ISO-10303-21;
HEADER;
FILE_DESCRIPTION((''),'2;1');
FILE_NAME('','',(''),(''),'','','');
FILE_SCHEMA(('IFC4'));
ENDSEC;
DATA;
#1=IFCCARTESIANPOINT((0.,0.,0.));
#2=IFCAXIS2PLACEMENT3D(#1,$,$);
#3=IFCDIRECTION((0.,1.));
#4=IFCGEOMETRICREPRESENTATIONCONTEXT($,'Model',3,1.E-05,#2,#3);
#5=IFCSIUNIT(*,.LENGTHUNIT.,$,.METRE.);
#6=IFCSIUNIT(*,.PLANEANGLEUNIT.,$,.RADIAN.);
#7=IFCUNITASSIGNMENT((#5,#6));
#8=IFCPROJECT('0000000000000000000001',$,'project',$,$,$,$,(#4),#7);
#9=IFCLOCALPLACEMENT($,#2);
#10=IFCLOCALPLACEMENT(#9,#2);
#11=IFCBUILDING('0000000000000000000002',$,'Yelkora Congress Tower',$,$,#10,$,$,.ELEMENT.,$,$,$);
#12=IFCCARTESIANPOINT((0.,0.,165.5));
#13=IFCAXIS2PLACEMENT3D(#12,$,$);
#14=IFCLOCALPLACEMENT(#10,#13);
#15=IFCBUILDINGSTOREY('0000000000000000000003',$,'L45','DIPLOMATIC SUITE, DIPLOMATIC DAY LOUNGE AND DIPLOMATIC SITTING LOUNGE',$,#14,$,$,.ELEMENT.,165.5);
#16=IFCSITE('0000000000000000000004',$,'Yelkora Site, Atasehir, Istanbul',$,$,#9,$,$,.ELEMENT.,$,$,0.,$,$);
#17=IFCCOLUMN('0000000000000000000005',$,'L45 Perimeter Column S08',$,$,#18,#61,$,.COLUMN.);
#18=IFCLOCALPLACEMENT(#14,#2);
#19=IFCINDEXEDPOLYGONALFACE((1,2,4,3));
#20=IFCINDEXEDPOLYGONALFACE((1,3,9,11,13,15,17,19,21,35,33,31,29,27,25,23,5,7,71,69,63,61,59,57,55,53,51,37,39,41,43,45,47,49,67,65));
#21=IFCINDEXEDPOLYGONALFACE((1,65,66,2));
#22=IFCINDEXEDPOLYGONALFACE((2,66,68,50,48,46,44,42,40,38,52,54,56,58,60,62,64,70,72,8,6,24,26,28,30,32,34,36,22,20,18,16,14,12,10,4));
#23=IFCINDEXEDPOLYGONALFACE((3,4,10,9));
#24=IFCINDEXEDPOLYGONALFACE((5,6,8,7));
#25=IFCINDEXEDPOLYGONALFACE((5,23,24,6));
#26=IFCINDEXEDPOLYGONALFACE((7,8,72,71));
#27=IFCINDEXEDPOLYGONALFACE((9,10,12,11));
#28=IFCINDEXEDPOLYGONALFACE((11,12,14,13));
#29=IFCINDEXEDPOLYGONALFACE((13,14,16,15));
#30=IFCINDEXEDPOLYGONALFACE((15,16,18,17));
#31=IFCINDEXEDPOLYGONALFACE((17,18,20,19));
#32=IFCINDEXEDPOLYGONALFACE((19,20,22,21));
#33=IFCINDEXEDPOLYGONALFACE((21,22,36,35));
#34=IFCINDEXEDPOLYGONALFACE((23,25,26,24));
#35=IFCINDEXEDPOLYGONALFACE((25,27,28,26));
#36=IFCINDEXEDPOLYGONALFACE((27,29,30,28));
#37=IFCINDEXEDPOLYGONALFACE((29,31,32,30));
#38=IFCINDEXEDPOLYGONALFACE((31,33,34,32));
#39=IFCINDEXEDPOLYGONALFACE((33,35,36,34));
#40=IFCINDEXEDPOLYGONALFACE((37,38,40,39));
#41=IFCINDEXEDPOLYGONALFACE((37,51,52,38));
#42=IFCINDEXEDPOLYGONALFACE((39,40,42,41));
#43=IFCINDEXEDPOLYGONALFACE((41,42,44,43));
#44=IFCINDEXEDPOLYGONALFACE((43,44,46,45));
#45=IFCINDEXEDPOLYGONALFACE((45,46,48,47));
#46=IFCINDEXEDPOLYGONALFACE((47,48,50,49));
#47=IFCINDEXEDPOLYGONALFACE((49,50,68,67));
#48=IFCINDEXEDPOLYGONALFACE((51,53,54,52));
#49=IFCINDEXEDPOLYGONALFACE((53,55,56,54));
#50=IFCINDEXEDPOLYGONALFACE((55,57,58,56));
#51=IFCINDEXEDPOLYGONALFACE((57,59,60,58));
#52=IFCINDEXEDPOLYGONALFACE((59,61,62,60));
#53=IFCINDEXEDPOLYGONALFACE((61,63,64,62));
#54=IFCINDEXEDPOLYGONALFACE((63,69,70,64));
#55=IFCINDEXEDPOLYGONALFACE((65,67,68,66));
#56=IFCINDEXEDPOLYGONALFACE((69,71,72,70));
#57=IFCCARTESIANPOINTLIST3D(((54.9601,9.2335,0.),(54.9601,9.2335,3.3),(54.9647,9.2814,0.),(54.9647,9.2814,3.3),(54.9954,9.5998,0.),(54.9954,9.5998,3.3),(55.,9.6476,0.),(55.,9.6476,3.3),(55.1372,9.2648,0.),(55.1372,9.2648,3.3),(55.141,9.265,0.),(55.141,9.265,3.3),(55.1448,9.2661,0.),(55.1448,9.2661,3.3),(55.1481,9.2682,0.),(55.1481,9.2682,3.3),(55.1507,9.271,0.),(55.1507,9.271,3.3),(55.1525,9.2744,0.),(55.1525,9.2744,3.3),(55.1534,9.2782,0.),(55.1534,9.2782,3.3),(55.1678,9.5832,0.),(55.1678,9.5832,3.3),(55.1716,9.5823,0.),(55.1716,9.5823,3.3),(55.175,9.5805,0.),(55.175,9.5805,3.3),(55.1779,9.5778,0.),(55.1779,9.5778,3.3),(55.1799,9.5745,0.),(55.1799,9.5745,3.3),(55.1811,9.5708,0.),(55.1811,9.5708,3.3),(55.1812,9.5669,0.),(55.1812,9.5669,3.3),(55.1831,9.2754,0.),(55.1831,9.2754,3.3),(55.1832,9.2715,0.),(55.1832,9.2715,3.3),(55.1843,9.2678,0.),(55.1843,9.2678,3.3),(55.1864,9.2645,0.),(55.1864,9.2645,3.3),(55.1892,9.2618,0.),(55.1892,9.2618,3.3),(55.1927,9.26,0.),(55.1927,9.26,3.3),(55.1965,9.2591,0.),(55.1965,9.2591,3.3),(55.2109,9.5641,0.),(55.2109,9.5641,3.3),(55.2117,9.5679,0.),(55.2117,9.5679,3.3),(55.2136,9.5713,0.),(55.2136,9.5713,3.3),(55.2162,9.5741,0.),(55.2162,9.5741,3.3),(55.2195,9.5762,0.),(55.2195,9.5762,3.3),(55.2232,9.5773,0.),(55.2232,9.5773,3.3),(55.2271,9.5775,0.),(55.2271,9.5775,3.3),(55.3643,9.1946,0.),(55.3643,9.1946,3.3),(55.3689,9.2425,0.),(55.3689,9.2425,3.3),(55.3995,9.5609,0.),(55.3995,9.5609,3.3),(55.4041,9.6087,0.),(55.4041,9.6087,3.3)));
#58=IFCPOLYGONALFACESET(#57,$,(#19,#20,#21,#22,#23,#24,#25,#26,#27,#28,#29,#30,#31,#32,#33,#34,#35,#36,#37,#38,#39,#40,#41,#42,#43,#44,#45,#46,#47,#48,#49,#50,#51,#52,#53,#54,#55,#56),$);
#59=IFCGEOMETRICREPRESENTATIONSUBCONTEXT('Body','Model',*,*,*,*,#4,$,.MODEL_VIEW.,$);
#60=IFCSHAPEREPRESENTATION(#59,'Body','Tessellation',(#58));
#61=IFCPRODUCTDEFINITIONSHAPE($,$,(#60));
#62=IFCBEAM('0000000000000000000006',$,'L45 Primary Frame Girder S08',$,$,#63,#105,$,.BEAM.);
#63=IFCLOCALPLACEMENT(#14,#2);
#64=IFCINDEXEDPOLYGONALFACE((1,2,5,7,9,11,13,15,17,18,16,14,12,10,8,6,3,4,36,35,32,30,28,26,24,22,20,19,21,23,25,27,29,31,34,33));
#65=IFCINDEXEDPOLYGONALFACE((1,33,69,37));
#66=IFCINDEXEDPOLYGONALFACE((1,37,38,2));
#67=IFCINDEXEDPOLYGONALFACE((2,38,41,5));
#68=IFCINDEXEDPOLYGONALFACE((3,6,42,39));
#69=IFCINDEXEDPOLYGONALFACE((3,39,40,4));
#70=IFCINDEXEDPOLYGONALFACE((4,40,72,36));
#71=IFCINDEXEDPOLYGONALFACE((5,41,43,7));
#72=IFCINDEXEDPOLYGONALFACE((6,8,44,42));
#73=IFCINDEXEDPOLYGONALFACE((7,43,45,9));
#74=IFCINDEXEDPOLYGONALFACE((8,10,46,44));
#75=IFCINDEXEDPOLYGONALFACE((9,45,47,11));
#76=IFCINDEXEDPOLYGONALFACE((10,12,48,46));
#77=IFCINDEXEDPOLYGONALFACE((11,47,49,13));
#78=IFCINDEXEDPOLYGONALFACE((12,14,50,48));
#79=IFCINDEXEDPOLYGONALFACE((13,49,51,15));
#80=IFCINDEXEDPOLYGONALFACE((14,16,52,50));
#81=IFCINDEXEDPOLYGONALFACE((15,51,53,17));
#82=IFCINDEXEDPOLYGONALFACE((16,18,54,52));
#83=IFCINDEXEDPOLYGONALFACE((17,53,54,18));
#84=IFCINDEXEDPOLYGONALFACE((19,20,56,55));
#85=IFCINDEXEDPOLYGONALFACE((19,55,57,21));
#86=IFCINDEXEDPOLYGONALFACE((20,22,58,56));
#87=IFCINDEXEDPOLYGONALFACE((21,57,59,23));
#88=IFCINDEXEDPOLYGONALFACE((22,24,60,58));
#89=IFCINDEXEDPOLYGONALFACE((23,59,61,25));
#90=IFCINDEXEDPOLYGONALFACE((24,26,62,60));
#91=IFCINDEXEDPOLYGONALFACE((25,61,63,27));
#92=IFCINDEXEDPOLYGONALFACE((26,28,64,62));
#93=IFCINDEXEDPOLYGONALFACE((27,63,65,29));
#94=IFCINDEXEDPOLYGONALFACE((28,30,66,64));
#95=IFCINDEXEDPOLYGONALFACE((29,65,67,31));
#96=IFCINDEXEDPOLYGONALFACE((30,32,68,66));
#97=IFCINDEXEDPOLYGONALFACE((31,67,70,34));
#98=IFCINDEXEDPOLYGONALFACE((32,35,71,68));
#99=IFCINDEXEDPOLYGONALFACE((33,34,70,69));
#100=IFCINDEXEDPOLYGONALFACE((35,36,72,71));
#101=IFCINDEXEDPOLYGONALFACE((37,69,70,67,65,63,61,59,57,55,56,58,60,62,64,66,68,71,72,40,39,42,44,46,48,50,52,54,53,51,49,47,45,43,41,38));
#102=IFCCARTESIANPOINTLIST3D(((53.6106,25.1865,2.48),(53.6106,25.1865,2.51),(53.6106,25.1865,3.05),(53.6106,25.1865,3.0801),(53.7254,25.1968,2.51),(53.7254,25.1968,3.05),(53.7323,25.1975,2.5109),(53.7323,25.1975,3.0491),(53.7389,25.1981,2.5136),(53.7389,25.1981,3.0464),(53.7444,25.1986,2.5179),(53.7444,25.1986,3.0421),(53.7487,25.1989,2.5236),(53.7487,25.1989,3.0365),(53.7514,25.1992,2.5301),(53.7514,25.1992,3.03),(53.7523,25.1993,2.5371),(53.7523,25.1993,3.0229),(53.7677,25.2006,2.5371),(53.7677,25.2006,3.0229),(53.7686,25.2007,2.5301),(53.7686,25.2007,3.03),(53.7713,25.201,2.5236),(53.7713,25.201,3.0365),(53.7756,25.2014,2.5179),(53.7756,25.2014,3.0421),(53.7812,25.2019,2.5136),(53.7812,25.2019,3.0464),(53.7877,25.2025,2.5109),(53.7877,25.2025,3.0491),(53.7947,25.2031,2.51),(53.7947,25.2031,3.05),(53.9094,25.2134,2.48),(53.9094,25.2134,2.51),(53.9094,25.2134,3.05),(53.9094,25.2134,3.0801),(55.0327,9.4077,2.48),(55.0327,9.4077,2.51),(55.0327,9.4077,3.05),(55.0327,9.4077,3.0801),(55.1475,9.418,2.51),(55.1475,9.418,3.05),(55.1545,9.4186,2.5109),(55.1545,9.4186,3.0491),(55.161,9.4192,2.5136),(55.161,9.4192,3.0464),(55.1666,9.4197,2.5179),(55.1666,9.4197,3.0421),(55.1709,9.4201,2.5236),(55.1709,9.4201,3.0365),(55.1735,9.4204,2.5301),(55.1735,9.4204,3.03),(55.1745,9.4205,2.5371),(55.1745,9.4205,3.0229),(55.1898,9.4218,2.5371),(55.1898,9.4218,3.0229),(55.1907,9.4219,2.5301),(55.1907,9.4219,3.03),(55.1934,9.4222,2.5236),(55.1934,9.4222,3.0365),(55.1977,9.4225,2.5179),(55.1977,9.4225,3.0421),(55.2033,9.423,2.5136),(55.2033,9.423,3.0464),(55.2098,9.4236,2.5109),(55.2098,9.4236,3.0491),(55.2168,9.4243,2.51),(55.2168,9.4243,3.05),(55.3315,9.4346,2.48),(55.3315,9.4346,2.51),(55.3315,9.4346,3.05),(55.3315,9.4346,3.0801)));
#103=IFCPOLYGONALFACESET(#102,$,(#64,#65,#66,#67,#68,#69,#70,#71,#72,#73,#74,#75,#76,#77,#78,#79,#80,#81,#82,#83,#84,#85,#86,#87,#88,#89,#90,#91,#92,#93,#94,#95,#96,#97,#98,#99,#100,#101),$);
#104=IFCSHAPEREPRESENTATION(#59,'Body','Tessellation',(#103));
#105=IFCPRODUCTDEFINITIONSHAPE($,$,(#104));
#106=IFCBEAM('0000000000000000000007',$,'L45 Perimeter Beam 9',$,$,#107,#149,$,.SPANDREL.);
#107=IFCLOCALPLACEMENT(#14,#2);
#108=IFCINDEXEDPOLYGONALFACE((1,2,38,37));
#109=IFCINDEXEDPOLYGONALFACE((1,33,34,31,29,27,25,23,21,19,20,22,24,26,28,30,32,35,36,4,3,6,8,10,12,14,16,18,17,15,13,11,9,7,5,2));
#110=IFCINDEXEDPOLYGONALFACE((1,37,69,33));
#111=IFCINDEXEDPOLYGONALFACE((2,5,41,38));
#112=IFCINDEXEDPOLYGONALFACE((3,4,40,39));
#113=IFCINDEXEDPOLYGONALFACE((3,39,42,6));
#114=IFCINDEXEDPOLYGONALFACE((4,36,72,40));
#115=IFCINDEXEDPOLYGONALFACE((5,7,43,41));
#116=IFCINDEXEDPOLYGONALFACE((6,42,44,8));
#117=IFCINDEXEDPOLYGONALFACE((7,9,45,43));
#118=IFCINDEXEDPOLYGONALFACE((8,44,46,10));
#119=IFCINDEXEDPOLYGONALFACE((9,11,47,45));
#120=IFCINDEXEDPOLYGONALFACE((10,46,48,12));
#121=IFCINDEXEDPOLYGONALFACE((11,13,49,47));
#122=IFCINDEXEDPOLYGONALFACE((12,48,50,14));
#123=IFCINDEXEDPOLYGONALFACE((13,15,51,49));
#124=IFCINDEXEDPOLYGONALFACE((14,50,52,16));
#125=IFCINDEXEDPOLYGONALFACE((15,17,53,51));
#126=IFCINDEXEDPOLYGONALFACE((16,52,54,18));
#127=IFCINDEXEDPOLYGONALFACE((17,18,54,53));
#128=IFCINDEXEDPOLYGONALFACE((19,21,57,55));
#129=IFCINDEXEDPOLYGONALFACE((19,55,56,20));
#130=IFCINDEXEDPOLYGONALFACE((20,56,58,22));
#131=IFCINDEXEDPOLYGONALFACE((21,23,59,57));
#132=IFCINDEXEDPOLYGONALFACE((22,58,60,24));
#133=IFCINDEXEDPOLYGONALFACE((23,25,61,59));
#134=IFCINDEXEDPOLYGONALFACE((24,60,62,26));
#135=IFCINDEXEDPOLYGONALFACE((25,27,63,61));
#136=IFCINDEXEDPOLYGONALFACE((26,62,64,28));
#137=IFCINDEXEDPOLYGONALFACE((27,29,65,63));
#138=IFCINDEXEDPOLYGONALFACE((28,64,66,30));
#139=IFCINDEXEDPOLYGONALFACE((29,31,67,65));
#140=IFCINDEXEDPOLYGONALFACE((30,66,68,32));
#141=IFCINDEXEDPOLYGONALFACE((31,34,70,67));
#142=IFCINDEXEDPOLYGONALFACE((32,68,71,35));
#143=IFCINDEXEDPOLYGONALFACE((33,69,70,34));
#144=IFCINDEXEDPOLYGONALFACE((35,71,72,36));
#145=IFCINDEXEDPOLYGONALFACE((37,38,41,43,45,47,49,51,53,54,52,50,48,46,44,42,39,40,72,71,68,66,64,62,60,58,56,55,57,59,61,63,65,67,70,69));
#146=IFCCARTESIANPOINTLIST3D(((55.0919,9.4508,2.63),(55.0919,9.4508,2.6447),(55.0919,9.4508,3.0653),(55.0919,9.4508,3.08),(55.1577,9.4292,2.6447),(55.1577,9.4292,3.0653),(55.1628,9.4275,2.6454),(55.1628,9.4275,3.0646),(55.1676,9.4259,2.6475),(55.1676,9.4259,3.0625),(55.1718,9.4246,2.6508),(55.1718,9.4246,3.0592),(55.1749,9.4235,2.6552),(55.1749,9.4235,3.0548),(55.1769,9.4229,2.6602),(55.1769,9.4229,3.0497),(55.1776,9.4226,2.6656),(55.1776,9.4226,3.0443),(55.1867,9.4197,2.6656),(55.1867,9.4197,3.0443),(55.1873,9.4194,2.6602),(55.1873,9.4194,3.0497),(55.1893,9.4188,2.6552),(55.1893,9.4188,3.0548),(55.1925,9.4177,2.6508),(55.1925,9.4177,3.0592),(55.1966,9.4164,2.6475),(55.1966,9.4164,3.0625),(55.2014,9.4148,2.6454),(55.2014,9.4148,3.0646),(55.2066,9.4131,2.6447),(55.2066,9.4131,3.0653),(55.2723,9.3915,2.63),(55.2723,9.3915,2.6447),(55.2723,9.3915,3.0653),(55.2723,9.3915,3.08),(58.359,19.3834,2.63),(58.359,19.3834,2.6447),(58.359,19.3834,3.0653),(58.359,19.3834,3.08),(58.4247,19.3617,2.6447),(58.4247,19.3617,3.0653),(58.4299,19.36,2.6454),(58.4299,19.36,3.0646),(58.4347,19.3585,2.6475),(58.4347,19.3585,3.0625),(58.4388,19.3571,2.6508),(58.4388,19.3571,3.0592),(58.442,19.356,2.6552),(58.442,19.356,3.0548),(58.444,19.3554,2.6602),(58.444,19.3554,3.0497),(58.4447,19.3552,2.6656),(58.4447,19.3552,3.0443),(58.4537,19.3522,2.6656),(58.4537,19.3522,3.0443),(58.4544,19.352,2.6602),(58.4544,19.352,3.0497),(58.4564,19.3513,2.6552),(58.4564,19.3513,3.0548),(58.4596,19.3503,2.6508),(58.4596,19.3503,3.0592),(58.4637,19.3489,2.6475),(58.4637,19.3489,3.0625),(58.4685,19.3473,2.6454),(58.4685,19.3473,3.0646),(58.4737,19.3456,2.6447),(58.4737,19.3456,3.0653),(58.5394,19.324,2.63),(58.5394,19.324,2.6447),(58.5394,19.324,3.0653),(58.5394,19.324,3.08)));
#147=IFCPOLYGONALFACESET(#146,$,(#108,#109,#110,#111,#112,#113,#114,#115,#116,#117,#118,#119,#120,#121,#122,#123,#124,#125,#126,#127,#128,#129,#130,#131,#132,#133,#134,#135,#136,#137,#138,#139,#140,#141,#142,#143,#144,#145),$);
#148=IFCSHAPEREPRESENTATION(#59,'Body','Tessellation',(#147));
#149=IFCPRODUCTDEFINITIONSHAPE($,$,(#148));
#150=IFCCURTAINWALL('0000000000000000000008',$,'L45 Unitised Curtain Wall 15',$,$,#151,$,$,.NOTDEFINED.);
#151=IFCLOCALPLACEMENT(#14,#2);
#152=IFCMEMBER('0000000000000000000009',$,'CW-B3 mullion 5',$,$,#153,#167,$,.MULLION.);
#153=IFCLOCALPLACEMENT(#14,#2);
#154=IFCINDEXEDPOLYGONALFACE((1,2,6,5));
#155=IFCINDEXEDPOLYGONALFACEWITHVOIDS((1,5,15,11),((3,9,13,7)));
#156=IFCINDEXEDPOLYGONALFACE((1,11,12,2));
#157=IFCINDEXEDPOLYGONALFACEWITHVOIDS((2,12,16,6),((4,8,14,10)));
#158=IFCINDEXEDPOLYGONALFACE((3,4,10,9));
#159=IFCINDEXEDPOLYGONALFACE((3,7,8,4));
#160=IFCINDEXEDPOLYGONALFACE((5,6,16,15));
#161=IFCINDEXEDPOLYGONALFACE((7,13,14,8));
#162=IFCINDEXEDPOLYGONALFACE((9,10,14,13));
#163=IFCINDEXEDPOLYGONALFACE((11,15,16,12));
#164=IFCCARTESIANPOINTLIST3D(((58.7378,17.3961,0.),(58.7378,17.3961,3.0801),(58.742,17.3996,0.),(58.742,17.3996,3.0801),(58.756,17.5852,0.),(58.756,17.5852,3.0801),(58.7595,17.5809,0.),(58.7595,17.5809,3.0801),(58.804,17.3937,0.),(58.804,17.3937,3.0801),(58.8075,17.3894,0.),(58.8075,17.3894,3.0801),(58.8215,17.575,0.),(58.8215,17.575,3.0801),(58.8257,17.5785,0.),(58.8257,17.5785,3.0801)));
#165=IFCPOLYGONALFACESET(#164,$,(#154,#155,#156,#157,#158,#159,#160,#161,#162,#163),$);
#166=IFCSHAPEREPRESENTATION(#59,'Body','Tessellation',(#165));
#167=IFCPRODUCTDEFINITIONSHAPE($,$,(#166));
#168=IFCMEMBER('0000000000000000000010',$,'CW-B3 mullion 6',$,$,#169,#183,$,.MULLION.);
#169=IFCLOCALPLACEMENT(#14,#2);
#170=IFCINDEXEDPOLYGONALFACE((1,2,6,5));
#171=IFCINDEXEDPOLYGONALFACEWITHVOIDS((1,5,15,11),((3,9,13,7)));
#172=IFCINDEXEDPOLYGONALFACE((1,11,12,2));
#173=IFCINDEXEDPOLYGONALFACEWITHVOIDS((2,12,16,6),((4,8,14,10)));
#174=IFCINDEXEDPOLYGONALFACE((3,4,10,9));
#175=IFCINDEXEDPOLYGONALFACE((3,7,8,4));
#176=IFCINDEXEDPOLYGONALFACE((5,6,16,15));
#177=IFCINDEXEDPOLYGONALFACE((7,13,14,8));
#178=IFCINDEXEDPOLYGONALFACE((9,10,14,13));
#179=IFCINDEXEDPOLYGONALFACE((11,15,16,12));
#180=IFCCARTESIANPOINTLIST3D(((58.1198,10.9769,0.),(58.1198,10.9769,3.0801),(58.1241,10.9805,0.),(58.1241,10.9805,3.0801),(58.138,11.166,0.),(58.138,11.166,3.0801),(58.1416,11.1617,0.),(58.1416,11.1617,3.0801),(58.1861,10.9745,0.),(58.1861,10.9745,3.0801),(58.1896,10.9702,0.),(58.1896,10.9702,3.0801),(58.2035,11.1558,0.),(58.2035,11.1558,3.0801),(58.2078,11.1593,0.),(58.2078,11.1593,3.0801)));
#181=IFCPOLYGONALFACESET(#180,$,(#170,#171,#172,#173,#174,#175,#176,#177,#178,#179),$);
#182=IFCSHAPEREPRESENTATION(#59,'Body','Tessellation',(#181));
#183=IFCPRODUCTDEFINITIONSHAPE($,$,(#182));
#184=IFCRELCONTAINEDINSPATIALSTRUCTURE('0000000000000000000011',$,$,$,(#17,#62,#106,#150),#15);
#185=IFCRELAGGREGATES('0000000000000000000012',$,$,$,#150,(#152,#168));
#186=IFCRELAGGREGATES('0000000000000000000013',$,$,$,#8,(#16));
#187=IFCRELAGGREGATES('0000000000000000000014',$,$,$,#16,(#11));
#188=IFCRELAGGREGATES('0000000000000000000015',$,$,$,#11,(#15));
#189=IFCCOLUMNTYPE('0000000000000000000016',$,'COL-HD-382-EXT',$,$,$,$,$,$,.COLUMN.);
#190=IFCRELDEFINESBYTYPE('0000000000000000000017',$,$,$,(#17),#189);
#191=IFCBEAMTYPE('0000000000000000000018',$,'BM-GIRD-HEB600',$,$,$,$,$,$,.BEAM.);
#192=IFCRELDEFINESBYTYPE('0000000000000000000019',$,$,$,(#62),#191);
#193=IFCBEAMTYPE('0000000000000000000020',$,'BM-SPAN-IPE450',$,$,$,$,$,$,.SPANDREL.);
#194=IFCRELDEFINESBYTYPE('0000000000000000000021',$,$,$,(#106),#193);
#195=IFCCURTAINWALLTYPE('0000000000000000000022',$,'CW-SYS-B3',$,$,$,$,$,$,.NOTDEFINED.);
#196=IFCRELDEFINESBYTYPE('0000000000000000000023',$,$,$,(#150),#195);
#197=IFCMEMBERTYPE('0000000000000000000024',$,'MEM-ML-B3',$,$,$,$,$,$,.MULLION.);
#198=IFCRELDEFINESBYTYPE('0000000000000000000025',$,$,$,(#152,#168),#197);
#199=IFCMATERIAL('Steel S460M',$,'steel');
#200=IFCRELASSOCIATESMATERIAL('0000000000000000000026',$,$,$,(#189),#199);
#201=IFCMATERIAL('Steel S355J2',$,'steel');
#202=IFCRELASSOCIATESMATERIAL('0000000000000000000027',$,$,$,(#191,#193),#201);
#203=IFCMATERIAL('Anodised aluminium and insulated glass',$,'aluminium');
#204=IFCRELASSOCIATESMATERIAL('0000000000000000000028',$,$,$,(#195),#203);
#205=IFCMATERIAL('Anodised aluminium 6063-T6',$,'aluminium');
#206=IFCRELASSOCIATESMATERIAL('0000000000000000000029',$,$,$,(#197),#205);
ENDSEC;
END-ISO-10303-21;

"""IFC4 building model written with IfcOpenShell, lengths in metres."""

from ifc_helpers import new_model, si_unit, direction, frame, origin, origin_2d, place, context, subcontext, project, spatial, hollow_rectangle, i_section, extrude, material, material_profile, profile_set, type_object, element, aggregate, save


model = new_model("IFC4")

# Units and contexts
model_context = context("Model", 3, precision=1e-05, world=origin(), true_north=direction((0.0, 1.0)))
body_context = subcontext(model_context, "Body", "Model", "MODEL_VIEW")
ifc_project = project(units=[si_unit("LENGTHUNIT", "METRE"), si_unit("PLANEANGLEUNIT", "RADIAN")], contexts=[model_context])

# Site, building, storey
site_placement = place(None, origin())
site = spatial("IfcSite", under=ifc_project, at=site_placement, Name="Yelkora Site, Atasehir, Istanbul", CompositionType="ELEMENT", RefElevation=0.0)
building_placement = place(site_placement, origin())
building = spatial("IfcBuilding", under=site, at=building_placement, Name="Yelkora Congress Tower", CompositionType="ELEMENT")
storey_placement = place(building_placement, frame((0.0, 0.0, 165.5)))
storey = spatial("IfcBuildingStorey", under=building, at=storey_placement, Name="L45", Description="DIPLOMATIC SUITE, DIPLOMATIC DAY LOUNGE AND DIPLOMATIC SITTING LOUNGE", CompositionType="ELEMENT", Elevation=165.5)

# Column
ifc_material_1 = material(Name="Steel S460M", Category="steel")
ifc_material_profile_1 = material_profile(ifc_material_1, i_section(OverallWidth=0.406, OverallDepth=0.416, WebThickness=0.0298, FlangeThickness=0.0481, FilletRadius=0.0149, at=origin_2d()), Name="HD 400x382")
ifc_profile_set_1 = profile_set([ifc_material_profile_1], Name="Steel S460M")
column_type = type_object("IfcColumnType", Name="COL-HD-382-EXT", PredefinedType="COLUMN", material=ifc_profile_set_1)
column_placement = place(storey_placement, frame((55.1821, 9.4211, 0.0), z_axis=(0.0, 0.0, 1.0), x_axis=(0.995396, -0.095846, 0.0)))
element("IfcColumn", 1, at=column_placement, inside=storey, type_object=column_type, Name="L45 Perimeter Column S08", PredefinedType="COLUMN", context=body_context, shape_type="SweptSolid", body=[
    extrude(i_section(OverallWidth=0.406, OverallDepth=0.416, WebThickness=0.0298, FlangeThickness=0.0481, FilletRadius=0.0149, at=origin_2d()), origin(), (0.0, 0.0, 1.0), 3.3),
])

# Beams
ifc_material_2 = material(Name="Steel S355J2", Category="steel")
ifc_material_profile_2 = material_profile(ifc_material_2, i_section(OverallWidth=0.3, OverallDepth=0.6001, WebThickness=0.0154, FlangeThickness=0.03, FilletRadius=0.0271, at=origin_2d()), Name="HEB 600")
ifc_profile_set_2 = profile_set([ifc_material_profile_2], Name="Steel S355J2")
beam_type_1 = type_object("IfcBeamType", Name="BM-GIRD-HEB600", PredefinedType="BEAM", material=ifc_profile_set_2)
beam_1_placement = place(storey_placement, frame((55.1821, 9.4211, 2.78), z_axis=(-0.089765, 0.995963, 0.0), x_axis=(-0.995963, -0.089765, 0.0)))
element("IfcBeam", 2, at=beam_1_placement, inside=storey, type_object=beam_type_1, Name="L45 Primary Frame Girder S08", PredefinedType="BEAM", context=body_context, shape_type="SweptSolid", body=[
    extrude(i_section(OverallWidth=0.3, OverallDepth=0.6001, WebThickness=0.0154, FlangeThickness=0.03, FilletRadius=0.0271, at=origin_2d()), origin(), (0.0, 0.0, 1.0), 15.8428),
])
ifc_material_profile_3 = material_profile(ifc_material_2, i_section(OverallWidth=0.1899, OverallDepth=0.45, WebThickness=0.0095, FlangeThickness=0.0146, FilletRadius=0.021, at=origin_2d()), Name="IPE 450")
ifc_profile_set_3 = profile_set([ifc_material_profile_3], Name="Steel S355J2")
beam_type_2 = type_object("IfcBeamType", Name="BM-SPAN-IPE450", PredefinedType="SPANDREL", material=ifc_profile_set_3)
beam_2_placement = place(storey_placement, frame((55.1821, 9.4211, 2.855), z_axis=(0.312457, 0.949932, 0.0), x_axis=(-0.949932, 0.312457, 0.0)))
element("IfcBeam", 3, at=beam_2_placement, inside=storey, type_object=beam_type_2, Name="L45 Perimeter Beam 9", PredefinedType="SPANDREL", context=body_context, shape_type="SweptSolid", body=[
    extrude(i_section(OverallWidth=0.1899, OverallDepth=0.45, WebThickness=0.0095, FlangeThickness=0.0146, FilletRadius=0.021, at=origin_2d()), origin(), (0.0, 0.0, 1.0), 10.4561),
])

# Curtain wall, members
ifc_material_3 = material(Name="Anodised aluminium and insulated glass", Category="aluminium")
curtain_wall_type = type_object("IfcCurtainWallType", Name="CW-SYS-B3", PredefinedType="NOTDEFINED", material=ifc_material_3)
curtain_wall_1_placement = place(storey_placement, origin())
curtain_wall_1 = element("IfcCurtainWall", 4, at=curtain_wall_1_placement, inside=storey, type_object=curtain_wall_type, Name="L45 Unitised Curtain Wall 15", PredefinedType="NOTDEFINED")
ifc_material_4 = material(Name="Anodised aluminium 6063-T6", Category="aluminium")
ifc_material_profile_4 = material_profile(ifc_material_4, hollow_rectangle(XDim=0.0701, YDim=0.1899, WallThickness=0.0039, at=origin_2d()), Name="ALU 70x190x4")
ifc_profile_set_4 = profile_set([ifc_material_profile_4], Name="Anodised aluminium 6063-T6")
member_type_1 = type_object("IfcMemberType", Name="MEM-ML-B3", PredefinedType="MULLION", material=ifc_profile_set_4)
member_1_placement = place(storey_placement, frame((58.7817, 17.4873, 0.0), z_axis=(0.0, 0.0, 1.0), x_axis=(0.995397, -0.095842, 0.0)))
member_1 = element("IfcMember", 5, at=member_1_placement, type_object=member_type_1, Name="CW-B3 mullion 5", PredefinedType="MULLION", context=body_context, shape_type="SweptSolid", body=[
    extrude(hollow_rectangle(XDim=0.0701, YDim=0.1899, WallThickness=0.0039, at=origin_2d()), origin(), (0.0, 0.0, 1.0), 3.0801),
])
member_2_placement = place(storey_placement, frame((58.1638, 11.0681, 0.0), z_axis=(0.0, 0.0, 1.0), x_axis=(0.995397, -0.095842, 0.0)))
member_2 = element("IfcMember", 6, at=member_2_placement, type_object=member_type_1, Name="CW-B3 mullion 6", PredefinedType="MULLION", context=body_context, shape_type="SweptSolid", body=[
    extrude(hollow_rectangle(XDim=0.0701, YDim=0.1899, WallThickness=0.0039, at=origin_2d()), origin(), (0.0, 0.0, 1.0), 3.0801),
])

aggregate(curtain_wall_1, [member_1, member_2])

save(model, "model.ifc")
